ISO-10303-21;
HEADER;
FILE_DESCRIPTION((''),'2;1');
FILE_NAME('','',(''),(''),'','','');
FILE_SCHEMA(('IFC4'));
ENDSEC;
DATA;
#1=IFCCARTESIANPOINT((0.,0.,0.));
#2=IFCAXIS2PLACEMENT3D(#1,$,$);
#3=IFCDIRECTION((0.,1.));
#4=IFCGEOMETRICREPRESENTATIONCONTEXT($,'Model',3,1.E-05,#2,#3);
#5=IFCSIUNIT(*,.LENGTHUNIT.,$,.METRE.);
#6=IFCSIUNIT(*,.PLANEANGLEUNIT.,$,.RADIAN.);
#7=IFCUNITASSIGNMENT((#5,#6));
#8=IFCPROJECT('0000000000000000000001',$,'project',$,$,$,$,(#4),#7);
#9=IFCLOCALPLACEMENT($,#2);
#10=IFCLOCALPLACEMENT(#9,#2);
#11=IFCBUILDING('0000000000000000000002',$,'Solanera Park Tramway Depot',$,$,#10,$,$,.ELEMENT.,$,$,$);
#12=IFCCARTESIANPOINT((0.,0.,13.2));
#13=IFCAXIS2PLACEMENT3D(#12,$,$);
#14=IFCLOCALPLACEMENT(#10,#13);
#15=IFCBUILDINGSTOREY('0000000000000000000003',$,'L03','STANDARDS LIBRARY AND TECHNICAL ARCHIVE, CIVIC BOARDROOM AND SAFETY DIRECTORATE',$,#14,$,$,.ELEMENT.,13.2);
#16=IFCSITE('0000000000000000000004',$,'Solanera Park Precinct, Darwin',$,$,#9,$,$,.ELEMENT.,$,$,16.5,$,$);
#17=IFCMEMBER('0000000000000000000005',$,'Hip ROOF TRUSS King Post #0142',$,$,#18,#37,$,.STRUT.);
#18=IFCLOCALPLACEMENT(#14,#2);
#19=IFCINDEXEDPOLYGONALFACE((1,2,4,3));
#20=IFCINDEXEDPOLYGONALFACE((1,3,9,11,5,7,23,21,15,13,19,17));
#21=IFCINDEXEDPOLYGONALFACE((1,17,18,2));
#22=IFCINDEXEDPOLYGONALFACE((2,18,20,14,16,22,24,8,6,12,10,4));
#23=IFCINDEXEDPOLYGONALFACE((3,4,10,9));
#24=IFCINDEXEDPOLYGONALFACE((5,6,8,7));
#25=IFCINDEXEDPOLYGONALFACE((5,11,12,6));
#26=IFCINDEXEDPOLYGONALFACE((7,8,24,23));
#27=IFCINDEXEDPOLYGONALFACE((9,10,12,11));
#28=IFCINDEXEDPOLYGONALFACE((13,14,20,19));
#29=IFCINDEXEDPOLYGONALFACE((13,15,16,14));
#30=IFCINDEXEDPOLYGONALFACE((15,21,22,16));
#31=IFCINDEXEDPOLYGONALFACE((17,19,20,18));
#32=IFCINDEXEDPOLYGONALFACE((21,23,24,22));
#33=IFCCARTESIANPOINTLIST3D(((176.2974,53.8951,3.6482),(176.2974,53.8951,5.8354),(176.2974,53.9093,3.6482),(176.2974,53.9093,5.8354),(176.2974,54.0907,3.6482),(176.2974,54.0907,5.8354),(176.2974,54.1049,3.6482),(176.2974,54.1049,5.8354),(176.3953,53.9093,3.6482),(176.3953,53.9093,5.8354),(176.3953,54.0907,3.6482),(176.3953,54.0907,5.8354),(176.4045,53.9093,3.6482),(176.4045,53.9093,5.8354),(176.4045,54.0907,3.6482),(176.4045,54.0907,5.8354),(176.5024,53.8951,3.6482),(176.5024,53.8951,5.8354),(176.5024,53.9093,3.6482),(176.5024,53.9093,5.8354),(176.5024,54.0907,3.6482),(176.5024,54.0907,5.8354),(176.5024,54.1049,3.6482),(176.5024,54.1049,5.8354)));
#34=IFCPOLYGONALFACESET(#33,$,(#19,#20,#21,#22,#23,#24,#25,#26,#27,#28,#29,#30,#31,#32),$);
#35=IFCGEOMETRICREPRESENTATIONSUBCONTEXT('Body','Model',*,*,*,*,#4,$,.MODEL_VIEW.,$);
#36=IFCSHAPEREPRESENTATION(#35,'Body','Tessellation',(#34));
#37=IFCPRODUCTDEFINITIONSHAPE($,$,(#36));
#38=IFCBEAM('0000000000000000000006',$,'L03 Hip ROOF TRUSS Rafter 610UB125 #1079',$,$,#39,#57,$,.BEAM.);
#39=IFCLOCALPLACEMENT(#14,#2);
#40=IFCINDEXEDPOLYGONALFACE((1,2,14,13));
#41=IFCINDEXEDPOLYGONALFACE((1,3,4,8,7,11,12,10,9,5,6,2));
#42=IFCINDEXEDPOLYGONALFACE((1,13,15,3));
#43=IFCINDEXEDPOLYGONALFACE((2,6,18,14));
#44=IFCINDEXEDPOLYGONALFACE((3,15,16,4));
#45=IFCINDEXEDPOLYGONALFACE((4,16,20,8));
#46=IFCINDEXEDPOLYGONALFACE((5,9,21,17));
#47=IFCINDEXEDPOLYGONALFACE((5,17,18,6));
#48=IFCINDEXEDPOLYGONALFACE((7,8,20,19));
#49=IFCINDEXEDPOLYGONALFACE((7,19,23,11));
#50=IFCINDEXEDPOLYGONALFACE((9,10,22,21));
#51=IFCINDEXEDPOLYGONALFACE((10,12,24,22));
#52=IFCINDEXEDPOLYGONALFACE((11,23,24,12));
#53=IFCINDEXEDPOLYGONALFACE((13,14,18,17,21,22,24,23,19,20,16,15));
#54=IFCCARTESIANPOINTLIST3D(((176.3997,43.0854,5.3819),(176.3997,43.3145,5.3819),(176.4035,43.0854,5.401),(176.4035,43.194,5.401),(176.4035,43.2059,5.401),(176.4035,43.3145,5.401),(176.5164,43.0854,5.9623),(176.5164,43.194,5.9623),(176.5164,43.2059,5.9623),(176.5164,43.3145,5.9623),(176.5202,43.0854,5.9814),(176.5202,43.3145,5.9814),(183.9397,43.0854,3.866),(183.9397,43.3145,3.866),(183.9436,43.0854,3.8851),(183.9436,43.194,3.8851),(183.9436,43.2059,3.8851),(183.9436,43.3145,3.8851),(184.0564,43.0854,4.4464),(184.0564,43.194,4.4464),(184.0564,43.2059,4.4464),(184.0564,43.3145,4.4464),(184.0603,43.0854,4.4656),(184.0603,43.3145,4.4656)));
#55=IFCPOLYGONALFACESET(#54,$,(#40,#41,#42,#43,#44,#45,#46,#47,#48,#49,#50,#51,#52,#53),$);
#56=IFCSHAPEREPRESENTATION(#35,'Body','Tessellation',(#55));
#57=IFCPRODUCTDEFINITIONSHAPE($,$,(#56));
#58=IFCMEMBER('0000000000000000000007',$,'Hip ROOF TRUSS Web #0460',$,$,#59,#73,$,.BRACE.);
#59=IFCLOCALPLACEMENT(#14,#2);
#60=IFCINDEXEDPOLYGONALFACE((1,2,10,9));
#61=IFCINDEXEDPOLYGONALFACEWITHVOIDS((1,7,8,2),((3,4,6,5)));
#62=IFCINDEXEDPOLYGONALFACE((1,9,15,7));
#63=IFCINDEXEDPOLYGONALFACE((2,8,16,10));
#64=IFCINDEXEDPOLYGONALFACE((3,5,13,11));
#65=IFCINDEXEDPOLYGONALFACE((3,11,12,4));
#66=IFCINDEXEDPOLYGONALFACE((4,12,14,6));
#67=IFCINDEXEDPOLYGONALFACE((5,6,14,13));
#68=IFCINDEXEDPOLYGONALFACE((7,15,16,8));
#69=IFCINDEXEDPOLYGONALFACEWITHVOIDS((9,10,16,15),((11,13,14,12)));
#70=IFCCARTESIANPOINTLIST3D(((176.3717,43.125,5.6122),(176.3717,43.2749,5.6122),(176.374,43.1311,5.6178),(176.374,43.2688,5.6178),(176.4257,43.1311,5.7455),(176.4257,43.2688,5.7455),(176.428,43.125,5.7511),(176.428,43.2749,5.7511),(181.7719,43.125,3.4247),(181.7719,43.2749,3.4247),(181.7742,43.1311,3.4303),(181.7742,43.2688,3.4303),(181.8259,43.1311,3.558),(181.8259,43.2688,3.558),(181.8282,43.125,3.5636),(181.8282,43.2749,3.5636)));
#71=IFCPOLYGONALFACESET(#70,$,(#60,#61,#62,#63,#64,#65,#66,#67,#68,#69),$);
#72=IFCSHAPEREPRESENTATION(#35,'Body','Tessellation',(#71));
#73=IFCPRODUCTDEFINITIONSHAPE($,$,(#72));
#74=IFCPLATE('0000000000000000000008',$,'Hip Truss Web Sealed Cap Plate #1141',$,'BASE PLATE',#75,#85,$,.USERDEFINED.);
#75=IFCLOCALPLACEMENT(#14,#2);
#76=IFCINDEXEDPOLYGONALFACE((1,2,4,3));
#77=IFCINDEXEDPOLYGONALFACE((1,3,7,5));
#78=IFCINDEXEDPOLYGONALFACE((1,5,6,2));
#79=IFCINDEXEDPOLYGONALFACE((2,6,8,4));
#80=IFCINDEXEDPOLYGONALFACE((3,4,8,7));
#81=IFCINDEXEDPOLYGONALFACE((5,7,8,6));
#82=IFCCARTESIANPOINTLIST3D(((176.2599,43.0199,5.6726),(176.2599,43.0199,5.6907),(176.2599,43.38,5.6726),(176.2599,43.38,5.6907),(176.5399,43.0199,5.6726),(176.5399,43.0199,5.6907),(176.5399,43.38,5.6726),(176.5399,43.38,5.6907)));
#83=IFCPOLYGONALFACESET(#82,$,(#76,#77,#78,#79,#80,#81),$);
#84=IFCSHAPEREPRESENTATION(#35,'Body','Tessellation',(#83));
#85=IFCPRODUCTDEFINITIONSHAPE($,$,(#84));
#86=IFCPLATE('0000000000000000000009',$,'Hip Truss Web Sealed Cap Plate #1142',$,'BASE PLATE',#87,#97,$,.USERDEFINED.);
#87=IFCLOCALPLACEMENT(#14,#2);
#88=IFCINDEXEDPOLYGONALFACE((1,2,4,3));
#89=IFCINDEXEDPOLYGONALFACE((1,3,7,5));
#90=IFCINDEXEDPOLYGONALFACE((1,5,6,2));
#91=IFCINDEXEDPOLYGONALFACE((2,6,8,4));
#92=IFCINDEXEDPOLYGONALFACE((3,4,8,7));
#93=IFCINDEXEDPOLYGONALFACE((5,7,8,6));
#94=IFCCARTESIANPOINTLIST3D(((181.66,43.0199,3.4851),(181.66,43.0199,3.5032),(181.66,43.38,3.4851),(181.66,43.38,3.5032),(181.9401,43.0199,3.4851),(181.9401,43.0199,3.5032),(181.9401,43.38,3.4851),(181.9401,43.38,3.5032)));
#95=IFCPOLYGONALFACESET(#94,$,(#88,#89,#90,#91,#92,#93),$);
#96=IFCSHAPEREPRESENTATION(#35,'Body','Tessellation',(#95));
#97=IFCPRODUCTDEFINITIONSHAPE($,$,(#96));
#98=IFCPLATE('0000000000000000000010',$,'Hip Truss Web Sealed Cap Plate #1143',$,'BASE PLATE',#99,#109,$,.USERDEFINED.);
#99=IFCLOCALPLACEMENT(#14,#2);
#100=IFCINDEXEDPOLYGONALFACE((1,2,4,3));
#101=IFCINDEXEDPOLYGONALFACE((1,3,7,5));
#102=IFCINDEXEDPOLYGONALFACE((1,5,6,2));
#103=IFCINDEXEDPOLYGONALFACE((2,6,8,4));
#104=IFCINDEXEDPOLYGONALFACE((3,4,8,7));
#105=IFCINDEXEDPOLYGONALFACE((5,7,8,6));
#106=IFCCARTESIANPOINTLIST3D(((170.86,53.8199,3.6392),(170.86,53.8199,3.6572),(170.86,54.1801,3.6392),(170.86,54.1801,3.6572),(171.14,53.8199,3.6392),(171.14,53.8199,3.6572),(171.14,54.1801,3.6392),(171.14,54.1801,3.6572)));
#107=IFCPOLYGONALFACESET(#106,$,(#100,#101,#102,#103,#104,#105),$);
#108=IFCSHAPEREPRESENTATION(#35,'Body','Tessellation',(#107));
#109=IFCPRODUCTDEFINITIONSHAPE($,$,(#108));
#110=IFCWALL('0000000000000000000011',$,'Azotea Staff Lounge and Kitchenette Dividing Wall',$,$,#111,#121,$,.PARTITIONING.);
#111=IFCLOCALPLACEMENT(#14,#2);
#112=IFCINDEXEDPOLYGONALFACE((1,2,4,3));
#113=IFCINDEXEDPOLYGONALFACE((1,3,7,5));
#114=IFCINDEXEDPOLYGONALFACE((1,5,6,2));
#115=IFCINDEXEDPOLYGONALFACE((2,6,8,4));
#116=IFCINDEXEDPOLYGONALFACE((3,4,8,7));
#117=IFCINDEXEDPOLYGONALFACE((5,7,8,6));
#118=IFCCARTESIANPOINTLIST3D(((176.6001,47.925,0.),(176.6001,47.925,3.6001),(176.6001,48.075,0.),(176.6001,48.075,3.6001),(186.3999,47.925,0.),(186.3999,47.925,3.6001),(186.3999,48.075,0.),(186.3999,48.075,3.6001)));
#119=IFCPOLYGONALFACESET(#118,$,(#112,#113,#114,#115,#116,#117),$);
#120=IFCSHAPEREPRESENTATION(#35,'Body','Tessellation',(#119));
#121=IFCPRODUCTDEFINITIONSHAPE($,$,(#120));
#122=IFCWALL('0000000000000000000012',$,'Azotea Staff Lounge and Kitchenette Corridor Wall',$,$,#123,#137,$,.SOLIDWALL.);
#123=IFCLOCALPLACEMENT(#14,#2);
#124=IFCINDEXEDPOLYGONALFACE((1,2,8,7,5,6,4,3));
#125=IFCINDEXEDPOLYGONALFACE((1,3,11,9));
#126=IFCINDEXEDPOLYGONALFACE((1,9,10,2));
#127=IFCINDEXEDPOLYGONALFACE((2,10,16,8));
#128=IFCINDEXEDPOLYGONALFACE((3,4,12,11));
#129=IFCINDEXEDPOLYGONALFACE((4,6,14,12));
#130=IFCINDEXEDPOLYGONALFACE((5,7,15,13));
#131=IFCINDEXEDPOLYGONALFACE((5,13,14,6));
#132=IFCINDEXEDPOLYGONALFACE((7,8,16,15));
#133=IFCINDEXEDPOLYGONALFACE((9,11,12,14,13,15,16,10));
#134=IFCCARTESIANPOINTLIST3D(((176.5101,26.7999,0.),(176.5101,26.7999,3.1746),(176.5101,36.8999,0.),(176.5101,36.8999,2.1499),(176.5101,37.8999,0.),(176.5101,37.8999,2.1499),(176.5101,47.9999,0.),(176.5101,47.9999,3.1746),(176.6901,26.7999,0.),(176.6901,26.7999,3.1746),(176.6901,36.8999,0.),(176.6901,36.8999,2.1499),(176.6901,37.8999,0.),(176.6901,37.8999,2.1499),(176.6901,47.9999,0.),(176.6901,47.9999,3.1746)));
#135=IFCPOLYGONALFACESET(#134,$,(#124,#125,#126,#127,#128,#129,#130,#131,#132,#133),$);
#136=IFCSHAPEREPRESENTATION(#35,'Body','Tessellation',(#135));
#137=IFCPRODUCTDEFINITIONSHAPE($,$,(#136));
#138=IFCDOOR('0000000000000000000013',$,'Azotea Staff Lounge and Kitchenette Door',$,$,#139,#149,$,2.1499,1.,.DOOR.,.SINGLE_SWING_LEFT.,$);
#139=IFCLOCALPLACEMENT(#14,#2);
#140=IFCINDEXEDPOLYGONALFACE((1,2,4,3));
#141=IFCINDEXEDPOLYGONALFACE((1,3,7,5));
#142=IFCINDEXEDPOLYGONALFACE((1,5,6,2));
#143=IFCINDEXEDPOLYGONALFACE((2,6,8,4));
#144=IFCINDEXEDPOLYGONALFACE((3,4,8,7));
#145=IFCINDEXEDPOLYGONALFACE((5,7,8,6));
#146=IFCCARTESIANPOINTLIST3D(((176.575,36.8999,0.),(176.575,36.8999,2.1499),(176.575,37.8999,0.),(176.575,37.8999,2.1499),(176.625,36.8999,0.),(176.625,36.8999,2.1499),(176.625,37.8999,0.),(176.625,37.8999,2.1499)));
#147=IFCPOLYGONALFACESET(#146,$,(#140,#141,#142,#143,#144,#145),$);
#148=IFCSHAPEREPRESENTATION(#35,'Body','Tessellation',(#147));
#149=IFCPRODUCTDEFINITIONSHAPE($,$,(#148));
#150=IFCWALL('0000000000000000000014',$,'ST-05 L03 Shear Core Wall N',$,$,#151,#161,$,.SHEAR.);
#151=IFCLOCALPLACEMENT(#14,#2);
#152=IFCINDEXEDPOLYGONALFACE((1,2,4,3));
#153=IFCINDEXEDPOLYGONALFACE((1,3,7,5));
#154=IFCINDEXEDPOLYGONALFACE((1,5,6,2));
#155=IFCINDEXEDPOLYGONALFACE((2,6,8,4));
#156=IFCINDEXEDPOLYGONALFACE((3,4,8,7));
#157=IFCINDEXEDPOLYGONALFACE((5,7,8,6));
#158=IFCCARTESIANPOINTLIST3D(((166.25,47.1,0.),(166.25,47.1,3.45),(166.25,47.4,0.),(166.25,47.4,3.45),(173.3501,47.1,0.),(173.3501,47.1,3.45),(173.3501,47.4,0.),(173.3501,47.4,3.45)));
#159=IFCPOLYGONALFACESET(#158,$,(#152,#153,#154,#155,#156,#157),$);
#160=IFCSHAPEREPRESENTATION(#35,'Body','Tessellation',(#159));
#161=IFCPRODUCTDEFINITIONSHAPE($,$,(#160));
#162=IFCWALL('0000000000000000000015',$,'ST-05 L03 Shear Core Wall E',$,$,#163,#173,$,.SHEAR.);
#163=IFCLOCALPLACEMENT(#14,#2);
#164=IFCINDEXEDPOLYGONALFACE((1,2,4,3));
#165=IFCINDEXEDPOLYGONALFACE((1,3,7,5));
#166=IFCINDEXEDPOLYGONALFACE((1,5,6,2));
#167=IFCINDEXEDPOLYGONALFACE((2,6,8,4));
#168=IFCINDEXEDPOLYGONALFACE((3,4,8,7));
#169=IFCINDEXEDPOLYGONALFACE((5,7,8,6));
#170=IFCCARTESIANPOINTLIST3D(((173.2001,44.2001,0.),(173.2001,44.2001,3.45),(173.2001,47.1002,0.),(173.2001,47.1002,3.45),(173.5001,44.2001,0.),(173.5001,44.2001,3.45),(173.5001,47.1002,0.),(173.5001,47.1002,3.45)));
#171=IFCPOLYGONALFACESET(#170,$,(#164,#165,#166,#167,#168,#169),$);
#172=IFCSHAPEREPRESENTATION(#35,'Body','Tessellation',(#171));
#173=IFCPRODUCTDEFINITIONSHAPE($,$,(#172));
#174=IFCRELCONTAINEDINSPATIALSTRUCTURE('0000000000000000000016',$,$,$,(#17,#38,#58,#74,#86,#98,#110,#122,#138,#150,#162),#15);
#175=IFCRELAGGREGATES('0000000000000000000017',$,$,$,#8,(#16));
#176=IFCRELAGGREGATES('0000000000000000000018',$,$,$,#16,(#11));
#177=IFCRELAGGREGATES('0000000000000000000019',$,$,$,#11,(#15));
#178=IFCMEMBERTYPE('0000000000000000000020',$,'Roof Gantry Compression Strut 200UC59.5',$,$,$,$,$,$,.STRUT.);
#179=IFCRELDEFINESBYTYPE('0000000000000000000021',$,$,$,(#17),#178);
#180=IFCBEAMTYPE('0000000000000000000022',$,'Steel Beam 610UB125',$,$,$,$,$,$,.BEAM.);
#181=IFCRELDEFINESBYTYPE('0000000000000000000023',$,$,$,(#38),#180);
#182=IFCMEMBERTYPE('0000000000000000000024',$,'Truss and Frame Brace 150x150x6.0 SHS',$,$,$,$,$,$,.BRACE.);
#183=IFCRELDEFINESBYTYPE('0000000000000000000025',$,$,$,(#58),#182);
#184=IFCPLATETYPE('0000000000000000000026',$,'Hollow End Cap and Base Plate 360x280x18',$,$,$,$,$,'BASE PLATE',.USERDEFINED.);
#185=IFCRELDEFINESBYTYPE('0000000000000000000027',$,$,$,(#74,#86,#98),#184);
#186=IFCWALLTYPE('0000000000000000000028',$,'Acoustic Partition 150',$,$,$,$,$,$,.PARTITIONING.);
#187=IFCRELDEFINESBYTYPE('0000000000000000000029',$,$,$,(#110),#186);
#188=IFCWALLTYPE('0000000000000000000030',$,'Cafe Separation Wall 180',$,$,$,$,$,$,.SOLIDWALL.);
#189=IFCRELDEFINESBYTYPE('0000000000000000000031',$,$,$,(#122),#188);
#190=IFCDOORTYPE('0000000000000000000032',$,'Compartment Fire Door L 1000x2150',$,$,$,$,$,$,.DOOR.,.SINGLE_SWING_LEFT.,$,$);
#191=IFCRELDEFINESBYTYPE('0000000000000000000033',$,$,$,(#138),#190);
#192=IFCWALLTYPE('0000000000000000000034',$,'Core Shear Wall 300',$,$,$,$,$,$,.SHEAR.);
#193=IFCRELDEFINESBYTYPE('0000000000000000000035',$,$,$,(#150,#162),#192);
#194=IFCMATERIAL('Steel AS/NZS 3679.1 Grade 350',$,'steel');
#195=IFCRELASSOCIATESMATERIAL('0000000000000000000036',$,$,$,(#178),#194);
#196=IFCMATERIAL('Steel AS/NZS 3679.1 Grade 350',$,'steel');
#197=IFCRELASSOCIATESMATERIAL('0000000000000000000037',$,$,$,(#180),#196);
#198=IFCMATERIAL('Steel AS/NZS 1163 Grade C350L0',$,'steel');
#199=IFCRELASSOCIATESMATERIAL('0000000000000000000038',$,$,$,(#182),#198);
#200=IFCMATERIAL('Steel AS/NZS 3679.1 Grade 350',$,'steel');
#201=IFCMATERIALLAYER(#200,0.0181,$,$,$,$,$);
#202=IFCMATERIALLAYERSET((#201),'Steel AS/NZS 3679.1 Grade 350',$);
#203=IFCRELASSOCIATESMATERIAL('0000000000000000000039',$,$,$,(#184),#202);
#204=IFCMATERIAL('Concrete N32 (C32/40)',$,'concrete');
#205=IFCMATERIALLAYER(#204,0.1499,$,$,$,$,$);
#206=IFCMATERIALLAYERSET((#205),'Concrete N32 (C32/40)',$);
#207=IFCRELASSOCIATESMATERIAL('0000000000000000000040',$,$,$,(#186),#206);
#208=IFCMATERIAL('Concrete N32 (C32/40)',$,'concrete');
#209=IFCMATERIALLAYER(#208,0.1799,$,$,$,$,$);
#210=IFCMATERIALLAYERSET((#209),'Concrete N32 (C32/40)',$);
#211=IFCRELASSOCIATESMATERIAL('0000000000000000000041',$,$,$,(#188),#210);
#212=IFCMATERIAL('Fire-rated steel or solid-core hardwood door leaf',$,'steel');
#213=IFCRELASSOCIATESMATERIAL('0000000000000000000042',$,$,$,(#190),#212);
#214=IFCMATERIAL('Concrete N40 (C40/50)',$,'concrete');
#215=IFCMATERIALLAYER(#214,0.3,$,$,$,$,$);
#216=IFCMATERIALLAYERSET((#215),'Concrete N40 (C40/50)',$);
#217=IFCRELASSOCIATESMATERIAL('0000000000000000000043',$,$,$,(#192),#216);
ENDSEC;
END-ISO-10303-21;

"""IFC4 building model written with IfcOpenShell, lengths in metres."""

from ifc_helpers import new_model, si_unit, direction, frame, frame_2d, origin, origin_2d, place, context, subcontext, project, spatial, rectangle, hollow_rectangle, i_section, extrude, material, layer, layer_set, material_profile, profile_set, type_object, element, fill, save


model = new_model("IFC4")

# Units and contexts
model_context = context("Model", 3, precision=1e-05, world=origin(), true_north=direction((0.0, 1.0)))
body_context = subcontext(model_context, "Body", "Model", "MODEL_VIEW")
ifc_project = project(units=[si_unit("LENGTHUNIT", "METRE"), si_unit("PLANEANGLEUNIT", "RADIAN")], contexts=[model_context])

# Site, building, storey
site_placement = place(None, origin())
site = spatial("IfcSite", under=ifc_project, at=site_placement, Name="Solanera Park Precinct, Darwin", CompositionType="ELEMENT", RefElevation=16.5)
building_placement = place(site_placement, origin())
building = spatial("IfcBuilding", under=site, at=building_placement, Name="Solanera Park Tramway Depot", CompositionType="ELEMENT")
storey_placement = place(building_placement, frame((0.0, 0.0, 13.2)))
storey = spatial("IfcBuildingStorey", under=building, at=storey_placement, Name="L03", Description="STANDARDS LIBRARY AND TECHNICAL ARCHIVE, CIVIC BOARDROOM AND SAFETY DIRECTORATE", CompositionType="ELEMENT", Elevation=13.2)

# Member
ifc_material_1 = material(Name="Steel AS/NZS 3679.1 Grade 350", Category="steel")
ifc_material_profile_1 = material_profile(ifc_material_1, i_section(OverallWidth=0.2051, OverallDepth=0.2097, WebThickness=0.0093, FlangeThickness=0.0142, at=origin_2d()), Name="200UC59.5")
ifc_profile_set_1 = profile_set([ifc_material_profile_1], Name="Steel AS/NZS 3679.1 Grade 350")
member_type_1 = type_object("IfcMemberType", Name="Roof Gantry Compression Strut 200UC59.5", PredefinedType="STRUT", material=ifc_profile_set_1)
member_1_placement = place(storey_placement, frame((176.3999, 54.0, 3.6482), z_axis=(0.0, 0.0, 1.0), x_axis=(1.0, 0.0, 0.0)))
element("IfcMember", 1, at=member_1_placement, inside=storey, type_object=member_type_1, Name="Hip ROOF TRUSS King Post #0142", PredefinedType="STRUT", context=body_context, shape_type="SweptSolid", body=[
    extrude(i_section(OverallWidth=0.2051, OverallDepth=0.2097, WebThickness=0.0093, FlangeThickness=0.0142, at=origin_2d()), origin(), (0.0, 0.0, 1.0), 2.1873),
])

# Beam
ifc_material_2 = material(Name="Steel AS/NZS 3679.1 Grade 350", Category="steel")
ifc_material_profile_2 = material_profile(ifc_material_2, i_section(OverallWidth=0.229, OverallDepth=0.6116, WebThickness=0.012, FlangeThickness=0.0195, at=origin_2d()), Name="610UB125")
ifc_profile_set_2 = profile_set([ifc_material_profile_2], Name="Steel AS/NZS 3679.1 Grade 350")
beam_type_1 = type_object("IfcBeamType", Name="Steel Beam 610UB125", PredefinedType="BEAM", material=ifc_profile_set_2)
beam_1_placement = place(storey_placement, frame((176.46, 43.2, 5.6816), z_axis=(0.980384, 0.0, -0.197099), x_axis=(0.0, 1.0, 0.0)))
element("IfcBeam", 2, at=beam_1_placement, inside=storey, type_object=beam_type_1, Name="L03 Hip ROOF TRUSS Rafter 610UB125 #1079", PredefinedType="BEAM", context=body_context, shape_type="SweptSolid", body=[
    extrude(i_section(OverallWidth=0.229, OverallDepth=0.6116, WebThickness=0.012, FlangeThickness=0.0195, at=origin_2d()), origin(), (0.0, 0.0, 1.0), 7.6909),
])

# Member
ifc_material_3 = material(Name="Steel AS/NZS 1163 Grade C350L0", Category="steel")
ifc_material_profile_3 = material_profile(ifc_material_3, hollow_rectangle(XDim=0.1499, YDim=0.1499, WallThickness=0.0061, at=origin_2d()), Name="150x150x6.0 SHS")
ifc_profile_set_3 = profile_set([ifc_material_profile_3], Name="Steel AS/NZS 1163 Grade C350L0")
member_type_2 = type_object("IfcMemberType", Name="Truss and Frame Brace 150x150x6.0 SHS", PredefinedType="BRACE", material=ifc_profile_set_3)
member_2_placement = place(storey_placement, frame((181.8, 43.2, 3.4941), z_axis=(-0.926844, 0.0, 0.375447), x_axis=(0.0, -1.0, 0.0)))
element("IfcMember", 3, at=member_2_placement, inside=storey, type_object=member_type_2, Name="Hip ROOF TRUSS Web #0460", PredefinedType="BRACE", context=body_context, shape_type="SweptSolid", body=[
    extrude(hollow_rectangle(XDim=0.1499, YDim=0.1499, WallThickness=0.0061, at=origin_2d()), origin(), (0.0, 0.0, 1.0), 5.8264),
])

# Plates
ifc_material_4 = material(Name="Steel AS/NZS 3679.1 Grade 350", Category="steel")
ifc_layer_1 = layer(ifc_material_4, 0.0181)
ifc_layer_set_1 = layer_set([ifc_layer_1], Name="Steel AS/NZS 3679.1 Grade 350")
plate_type = type_object("IfcPlateType", Name="Hollow End Cap and Base Plate 360x280x18", ElementType="BASE PLATE", PredefinedType="USERDEFINED", material=ifc_layer_set_1)
for number, where, z_axis, x_axis, name in (
    (4, (176.3999, 43.2, 5.6726), (0.0, 0.0, 1.0), (1.0, 0.0, 0.0), "Hip Truss Web Sealed Cap Plate #1141"),
    (5, (181.8, 43.2, 3.4851), (0.0, 0.0, 1.0), (1.0, 0.0, 0.0), "Hip Truss Web Sealed Cap Plate #1142"),
    (6, (171.0, 54.0, 3.6392), (0.0, 0.0, 1.0), (1.0, 0.0, 0.0), "Hip Truss Web Sealed Cap Plate #1143"),
):
    element("IfcPlate", number, at=place(storey_placement, frame(where, z_axis=z_axis, x_axis=x_axis)), inside=storey, type_object=plate_type, Name=name, ObjectType="BASE PLATE", PredefinedType="USERDEFINED", context=body_context, shape_type="SweptSolid", body=[
        extrude(rectangle(XDim=0.28, YDim=0.3601, at=origin_2d()), origin(), (0.0, 0.0, 1.0), 0.0181),
    ])

# Wall
ifc_material_5 = material(Name="Concrete N32 (C32/40)", Category="concrete")
ifc_layer_2 = layer(ifc_material_5, 0.1499)
ifc_layer_set_2 = layer_set([ifc_layer_2], Name="Concrete N32 (C32/40)")
wall_type_1 = type_object("IfcWallType", Name="Acoustic Partition 150", PredefinedType="PARTITIONING", material=ifc_layer_set_2)
wall_1_placement = place(storey_placement, frame((176.6001, 48.0, 0.0), z_axis=(0.0, 0.0, 1.0), x_axis=(1.0, 0.0, 0.0)))
element("IfcWall", 7, at=wall_1_placement, inside=storey, type_object=wall_type_1, Name="Azotea Staff Lounge and Kitchenette Dividing Wall", PredefinedType="PARTITIONING", context=body_context, shape_type="SweptSolid", body=[
    extrude(rectangle(XDim=9.7998, YDim=0.1499, at=frame_2d((4.8999, 0.0))), origin(), (0.0, 0.0, 1.0), 3.6001),
])

# Wall, opening, door
ifc_material_6 = material(Name="Concrete N32 (C32/40)", Category="concrete")
ifc_layer_3 = layer(ifc_material_6, 0.1799)
ifc_layer_set_3 = layer_set([ifc_layer_3], Name="Concrete N32 (C32/40)")
wall_type_2 = type_object("IfcWallType", Name="Cafe Separation Wall 180", PredefinedType="SOLIDWALL", material=ifc_layer_set_3)
wall_2_placement = place(storey_placement, frame((176.6001, 48.0, 0.0), z_axis=(0.0, 0.0, 1.0), x_axis=(0.0, -1.0, 0.0)))
wall_2 = element("IfcWall", 8, at=wall_2_placement, inside=storey, type_object=wall_type_2, Name="Azotea Staff Lounge and Kitchenette Corridor Wall", PredefinedType="SOLIDWALL", context=body_context, shape_type="SweptSolid", body=[
    extrude(rectangle(XDim=21.2, YDim=0.1799, at=frame_2d((10.6001, 0.0))), origin(), (0.0, 0.0, 1.0), 3.1746),
])
opening_placement = place(wall_2_placement, frame((10.1001, 0.0, 0.0)))
opening = element("IfcOpeningElement", 9, at=opening_placement, cuts=wall_2, PredefinedType="OPENING", context=body_context, shape_type="SweptSolid", body=[
    extrude(rectangle(XDim=1.0, YDim=2.1499, at=frame_2d((0.5, 1.075))), frame((0.0, 0.1001, 0.0), z_axis=(0.0, -1.0, 0.0), x_axis=(1.0, 0.0, 0.0)), (0.0, 0.0, 1.0), 0.2),
])
ifc_material_7 = material(Name="Fire-rated steel or solid-core hardwood door leaf", Category="steel")
door_type = type_object("IfcDoorType", Name="Compartment Fire Door L 1000x2150", OperationType="SINGLE_SWING_LEFT", PredefinedType="DOOR", material=ifc_material_7)
door_placement = place(opening_placement, origin())
door = element("IfcDoor", 10, at=door_placement, inside=storey, type_object=door_type, Name="Azotea Staff Lounge and Kitchenette Door", OperationType="SINGLE_SWING_LEFT", OverallHeight=2.1499, OverallWidth=1.0, PredefinedType="DOOR", context=body_context, shape_type="SweptSolid", body=[
    extrude(rectangle(XDim=1.0, YDim=2.1499, at=frame_2d((0.5, 1.075))), frame((0.0, 0.0249, 0.0), z_axis=(0.0, -1.0, 0.0), x_axis=(1.0, 0.0, 0.0)), (0.0, 0.0, 1.0), 0.05),
])
fill(opening, door)

# Walls
ifc_material_8 = material(Name="Concrete N40 (C40/50)", Category="concrete")
ifc_layer_4 = layer(ifc_material_8, 0.3)
ifc_layer_set_4 = layer_set([ifc_layer_4], Name="Concrete N40 (C40/50)")
wall_type_3 = type_object("IfcWallType", Name="Core Shear Wall 300", PredefinedType="SHEAR", material=ifc_layer_set_4)
wall_3_placement = place(storey_placement, frame((173.3501, 47.25, 0.0), z_axis=(0.0, 0.0, 1.0), x_axis=(-1.0, 0.0, 0.0)))
element("IfcWall", 11, at=wall_3_placement, inside=storey, type_object=wall_type_3, Name="ST-05 L03 Shear Core Wall N", PredefinedType="SHEAR", context=body_context, shape_type="SweptSolid", body=[
    extrude(rectangle(XDim=7.1001, YDim=0.3, at=frame_2d((3.55, 0.0))), origin(), (0.0, 0.0, 1.0), 3.45),
])
wall_4_placement = place(storey_placement, frame((173.3501, 44.2, 0.0), z_axis=(0.0, 0.0, 1.0), x_axis=(0.0, 1.0, 0.0)))
element("IfcWall", 12, at=wall_4_placement, inside=storey, type_object=wall_type_3, Name="ST-05 L03 Shear Core Wall E", PredefinedType="SHEAR", context=body_context, shape_type="SweptSolid", body=[
    extrude(rectangle(XDim=2.9001, YDim=0.3, at=frame_2d((1.4502, 0.0))), origin(), (0.0, 0.0, 1.0), 3.45),
])

save(model, "model.ifc")
